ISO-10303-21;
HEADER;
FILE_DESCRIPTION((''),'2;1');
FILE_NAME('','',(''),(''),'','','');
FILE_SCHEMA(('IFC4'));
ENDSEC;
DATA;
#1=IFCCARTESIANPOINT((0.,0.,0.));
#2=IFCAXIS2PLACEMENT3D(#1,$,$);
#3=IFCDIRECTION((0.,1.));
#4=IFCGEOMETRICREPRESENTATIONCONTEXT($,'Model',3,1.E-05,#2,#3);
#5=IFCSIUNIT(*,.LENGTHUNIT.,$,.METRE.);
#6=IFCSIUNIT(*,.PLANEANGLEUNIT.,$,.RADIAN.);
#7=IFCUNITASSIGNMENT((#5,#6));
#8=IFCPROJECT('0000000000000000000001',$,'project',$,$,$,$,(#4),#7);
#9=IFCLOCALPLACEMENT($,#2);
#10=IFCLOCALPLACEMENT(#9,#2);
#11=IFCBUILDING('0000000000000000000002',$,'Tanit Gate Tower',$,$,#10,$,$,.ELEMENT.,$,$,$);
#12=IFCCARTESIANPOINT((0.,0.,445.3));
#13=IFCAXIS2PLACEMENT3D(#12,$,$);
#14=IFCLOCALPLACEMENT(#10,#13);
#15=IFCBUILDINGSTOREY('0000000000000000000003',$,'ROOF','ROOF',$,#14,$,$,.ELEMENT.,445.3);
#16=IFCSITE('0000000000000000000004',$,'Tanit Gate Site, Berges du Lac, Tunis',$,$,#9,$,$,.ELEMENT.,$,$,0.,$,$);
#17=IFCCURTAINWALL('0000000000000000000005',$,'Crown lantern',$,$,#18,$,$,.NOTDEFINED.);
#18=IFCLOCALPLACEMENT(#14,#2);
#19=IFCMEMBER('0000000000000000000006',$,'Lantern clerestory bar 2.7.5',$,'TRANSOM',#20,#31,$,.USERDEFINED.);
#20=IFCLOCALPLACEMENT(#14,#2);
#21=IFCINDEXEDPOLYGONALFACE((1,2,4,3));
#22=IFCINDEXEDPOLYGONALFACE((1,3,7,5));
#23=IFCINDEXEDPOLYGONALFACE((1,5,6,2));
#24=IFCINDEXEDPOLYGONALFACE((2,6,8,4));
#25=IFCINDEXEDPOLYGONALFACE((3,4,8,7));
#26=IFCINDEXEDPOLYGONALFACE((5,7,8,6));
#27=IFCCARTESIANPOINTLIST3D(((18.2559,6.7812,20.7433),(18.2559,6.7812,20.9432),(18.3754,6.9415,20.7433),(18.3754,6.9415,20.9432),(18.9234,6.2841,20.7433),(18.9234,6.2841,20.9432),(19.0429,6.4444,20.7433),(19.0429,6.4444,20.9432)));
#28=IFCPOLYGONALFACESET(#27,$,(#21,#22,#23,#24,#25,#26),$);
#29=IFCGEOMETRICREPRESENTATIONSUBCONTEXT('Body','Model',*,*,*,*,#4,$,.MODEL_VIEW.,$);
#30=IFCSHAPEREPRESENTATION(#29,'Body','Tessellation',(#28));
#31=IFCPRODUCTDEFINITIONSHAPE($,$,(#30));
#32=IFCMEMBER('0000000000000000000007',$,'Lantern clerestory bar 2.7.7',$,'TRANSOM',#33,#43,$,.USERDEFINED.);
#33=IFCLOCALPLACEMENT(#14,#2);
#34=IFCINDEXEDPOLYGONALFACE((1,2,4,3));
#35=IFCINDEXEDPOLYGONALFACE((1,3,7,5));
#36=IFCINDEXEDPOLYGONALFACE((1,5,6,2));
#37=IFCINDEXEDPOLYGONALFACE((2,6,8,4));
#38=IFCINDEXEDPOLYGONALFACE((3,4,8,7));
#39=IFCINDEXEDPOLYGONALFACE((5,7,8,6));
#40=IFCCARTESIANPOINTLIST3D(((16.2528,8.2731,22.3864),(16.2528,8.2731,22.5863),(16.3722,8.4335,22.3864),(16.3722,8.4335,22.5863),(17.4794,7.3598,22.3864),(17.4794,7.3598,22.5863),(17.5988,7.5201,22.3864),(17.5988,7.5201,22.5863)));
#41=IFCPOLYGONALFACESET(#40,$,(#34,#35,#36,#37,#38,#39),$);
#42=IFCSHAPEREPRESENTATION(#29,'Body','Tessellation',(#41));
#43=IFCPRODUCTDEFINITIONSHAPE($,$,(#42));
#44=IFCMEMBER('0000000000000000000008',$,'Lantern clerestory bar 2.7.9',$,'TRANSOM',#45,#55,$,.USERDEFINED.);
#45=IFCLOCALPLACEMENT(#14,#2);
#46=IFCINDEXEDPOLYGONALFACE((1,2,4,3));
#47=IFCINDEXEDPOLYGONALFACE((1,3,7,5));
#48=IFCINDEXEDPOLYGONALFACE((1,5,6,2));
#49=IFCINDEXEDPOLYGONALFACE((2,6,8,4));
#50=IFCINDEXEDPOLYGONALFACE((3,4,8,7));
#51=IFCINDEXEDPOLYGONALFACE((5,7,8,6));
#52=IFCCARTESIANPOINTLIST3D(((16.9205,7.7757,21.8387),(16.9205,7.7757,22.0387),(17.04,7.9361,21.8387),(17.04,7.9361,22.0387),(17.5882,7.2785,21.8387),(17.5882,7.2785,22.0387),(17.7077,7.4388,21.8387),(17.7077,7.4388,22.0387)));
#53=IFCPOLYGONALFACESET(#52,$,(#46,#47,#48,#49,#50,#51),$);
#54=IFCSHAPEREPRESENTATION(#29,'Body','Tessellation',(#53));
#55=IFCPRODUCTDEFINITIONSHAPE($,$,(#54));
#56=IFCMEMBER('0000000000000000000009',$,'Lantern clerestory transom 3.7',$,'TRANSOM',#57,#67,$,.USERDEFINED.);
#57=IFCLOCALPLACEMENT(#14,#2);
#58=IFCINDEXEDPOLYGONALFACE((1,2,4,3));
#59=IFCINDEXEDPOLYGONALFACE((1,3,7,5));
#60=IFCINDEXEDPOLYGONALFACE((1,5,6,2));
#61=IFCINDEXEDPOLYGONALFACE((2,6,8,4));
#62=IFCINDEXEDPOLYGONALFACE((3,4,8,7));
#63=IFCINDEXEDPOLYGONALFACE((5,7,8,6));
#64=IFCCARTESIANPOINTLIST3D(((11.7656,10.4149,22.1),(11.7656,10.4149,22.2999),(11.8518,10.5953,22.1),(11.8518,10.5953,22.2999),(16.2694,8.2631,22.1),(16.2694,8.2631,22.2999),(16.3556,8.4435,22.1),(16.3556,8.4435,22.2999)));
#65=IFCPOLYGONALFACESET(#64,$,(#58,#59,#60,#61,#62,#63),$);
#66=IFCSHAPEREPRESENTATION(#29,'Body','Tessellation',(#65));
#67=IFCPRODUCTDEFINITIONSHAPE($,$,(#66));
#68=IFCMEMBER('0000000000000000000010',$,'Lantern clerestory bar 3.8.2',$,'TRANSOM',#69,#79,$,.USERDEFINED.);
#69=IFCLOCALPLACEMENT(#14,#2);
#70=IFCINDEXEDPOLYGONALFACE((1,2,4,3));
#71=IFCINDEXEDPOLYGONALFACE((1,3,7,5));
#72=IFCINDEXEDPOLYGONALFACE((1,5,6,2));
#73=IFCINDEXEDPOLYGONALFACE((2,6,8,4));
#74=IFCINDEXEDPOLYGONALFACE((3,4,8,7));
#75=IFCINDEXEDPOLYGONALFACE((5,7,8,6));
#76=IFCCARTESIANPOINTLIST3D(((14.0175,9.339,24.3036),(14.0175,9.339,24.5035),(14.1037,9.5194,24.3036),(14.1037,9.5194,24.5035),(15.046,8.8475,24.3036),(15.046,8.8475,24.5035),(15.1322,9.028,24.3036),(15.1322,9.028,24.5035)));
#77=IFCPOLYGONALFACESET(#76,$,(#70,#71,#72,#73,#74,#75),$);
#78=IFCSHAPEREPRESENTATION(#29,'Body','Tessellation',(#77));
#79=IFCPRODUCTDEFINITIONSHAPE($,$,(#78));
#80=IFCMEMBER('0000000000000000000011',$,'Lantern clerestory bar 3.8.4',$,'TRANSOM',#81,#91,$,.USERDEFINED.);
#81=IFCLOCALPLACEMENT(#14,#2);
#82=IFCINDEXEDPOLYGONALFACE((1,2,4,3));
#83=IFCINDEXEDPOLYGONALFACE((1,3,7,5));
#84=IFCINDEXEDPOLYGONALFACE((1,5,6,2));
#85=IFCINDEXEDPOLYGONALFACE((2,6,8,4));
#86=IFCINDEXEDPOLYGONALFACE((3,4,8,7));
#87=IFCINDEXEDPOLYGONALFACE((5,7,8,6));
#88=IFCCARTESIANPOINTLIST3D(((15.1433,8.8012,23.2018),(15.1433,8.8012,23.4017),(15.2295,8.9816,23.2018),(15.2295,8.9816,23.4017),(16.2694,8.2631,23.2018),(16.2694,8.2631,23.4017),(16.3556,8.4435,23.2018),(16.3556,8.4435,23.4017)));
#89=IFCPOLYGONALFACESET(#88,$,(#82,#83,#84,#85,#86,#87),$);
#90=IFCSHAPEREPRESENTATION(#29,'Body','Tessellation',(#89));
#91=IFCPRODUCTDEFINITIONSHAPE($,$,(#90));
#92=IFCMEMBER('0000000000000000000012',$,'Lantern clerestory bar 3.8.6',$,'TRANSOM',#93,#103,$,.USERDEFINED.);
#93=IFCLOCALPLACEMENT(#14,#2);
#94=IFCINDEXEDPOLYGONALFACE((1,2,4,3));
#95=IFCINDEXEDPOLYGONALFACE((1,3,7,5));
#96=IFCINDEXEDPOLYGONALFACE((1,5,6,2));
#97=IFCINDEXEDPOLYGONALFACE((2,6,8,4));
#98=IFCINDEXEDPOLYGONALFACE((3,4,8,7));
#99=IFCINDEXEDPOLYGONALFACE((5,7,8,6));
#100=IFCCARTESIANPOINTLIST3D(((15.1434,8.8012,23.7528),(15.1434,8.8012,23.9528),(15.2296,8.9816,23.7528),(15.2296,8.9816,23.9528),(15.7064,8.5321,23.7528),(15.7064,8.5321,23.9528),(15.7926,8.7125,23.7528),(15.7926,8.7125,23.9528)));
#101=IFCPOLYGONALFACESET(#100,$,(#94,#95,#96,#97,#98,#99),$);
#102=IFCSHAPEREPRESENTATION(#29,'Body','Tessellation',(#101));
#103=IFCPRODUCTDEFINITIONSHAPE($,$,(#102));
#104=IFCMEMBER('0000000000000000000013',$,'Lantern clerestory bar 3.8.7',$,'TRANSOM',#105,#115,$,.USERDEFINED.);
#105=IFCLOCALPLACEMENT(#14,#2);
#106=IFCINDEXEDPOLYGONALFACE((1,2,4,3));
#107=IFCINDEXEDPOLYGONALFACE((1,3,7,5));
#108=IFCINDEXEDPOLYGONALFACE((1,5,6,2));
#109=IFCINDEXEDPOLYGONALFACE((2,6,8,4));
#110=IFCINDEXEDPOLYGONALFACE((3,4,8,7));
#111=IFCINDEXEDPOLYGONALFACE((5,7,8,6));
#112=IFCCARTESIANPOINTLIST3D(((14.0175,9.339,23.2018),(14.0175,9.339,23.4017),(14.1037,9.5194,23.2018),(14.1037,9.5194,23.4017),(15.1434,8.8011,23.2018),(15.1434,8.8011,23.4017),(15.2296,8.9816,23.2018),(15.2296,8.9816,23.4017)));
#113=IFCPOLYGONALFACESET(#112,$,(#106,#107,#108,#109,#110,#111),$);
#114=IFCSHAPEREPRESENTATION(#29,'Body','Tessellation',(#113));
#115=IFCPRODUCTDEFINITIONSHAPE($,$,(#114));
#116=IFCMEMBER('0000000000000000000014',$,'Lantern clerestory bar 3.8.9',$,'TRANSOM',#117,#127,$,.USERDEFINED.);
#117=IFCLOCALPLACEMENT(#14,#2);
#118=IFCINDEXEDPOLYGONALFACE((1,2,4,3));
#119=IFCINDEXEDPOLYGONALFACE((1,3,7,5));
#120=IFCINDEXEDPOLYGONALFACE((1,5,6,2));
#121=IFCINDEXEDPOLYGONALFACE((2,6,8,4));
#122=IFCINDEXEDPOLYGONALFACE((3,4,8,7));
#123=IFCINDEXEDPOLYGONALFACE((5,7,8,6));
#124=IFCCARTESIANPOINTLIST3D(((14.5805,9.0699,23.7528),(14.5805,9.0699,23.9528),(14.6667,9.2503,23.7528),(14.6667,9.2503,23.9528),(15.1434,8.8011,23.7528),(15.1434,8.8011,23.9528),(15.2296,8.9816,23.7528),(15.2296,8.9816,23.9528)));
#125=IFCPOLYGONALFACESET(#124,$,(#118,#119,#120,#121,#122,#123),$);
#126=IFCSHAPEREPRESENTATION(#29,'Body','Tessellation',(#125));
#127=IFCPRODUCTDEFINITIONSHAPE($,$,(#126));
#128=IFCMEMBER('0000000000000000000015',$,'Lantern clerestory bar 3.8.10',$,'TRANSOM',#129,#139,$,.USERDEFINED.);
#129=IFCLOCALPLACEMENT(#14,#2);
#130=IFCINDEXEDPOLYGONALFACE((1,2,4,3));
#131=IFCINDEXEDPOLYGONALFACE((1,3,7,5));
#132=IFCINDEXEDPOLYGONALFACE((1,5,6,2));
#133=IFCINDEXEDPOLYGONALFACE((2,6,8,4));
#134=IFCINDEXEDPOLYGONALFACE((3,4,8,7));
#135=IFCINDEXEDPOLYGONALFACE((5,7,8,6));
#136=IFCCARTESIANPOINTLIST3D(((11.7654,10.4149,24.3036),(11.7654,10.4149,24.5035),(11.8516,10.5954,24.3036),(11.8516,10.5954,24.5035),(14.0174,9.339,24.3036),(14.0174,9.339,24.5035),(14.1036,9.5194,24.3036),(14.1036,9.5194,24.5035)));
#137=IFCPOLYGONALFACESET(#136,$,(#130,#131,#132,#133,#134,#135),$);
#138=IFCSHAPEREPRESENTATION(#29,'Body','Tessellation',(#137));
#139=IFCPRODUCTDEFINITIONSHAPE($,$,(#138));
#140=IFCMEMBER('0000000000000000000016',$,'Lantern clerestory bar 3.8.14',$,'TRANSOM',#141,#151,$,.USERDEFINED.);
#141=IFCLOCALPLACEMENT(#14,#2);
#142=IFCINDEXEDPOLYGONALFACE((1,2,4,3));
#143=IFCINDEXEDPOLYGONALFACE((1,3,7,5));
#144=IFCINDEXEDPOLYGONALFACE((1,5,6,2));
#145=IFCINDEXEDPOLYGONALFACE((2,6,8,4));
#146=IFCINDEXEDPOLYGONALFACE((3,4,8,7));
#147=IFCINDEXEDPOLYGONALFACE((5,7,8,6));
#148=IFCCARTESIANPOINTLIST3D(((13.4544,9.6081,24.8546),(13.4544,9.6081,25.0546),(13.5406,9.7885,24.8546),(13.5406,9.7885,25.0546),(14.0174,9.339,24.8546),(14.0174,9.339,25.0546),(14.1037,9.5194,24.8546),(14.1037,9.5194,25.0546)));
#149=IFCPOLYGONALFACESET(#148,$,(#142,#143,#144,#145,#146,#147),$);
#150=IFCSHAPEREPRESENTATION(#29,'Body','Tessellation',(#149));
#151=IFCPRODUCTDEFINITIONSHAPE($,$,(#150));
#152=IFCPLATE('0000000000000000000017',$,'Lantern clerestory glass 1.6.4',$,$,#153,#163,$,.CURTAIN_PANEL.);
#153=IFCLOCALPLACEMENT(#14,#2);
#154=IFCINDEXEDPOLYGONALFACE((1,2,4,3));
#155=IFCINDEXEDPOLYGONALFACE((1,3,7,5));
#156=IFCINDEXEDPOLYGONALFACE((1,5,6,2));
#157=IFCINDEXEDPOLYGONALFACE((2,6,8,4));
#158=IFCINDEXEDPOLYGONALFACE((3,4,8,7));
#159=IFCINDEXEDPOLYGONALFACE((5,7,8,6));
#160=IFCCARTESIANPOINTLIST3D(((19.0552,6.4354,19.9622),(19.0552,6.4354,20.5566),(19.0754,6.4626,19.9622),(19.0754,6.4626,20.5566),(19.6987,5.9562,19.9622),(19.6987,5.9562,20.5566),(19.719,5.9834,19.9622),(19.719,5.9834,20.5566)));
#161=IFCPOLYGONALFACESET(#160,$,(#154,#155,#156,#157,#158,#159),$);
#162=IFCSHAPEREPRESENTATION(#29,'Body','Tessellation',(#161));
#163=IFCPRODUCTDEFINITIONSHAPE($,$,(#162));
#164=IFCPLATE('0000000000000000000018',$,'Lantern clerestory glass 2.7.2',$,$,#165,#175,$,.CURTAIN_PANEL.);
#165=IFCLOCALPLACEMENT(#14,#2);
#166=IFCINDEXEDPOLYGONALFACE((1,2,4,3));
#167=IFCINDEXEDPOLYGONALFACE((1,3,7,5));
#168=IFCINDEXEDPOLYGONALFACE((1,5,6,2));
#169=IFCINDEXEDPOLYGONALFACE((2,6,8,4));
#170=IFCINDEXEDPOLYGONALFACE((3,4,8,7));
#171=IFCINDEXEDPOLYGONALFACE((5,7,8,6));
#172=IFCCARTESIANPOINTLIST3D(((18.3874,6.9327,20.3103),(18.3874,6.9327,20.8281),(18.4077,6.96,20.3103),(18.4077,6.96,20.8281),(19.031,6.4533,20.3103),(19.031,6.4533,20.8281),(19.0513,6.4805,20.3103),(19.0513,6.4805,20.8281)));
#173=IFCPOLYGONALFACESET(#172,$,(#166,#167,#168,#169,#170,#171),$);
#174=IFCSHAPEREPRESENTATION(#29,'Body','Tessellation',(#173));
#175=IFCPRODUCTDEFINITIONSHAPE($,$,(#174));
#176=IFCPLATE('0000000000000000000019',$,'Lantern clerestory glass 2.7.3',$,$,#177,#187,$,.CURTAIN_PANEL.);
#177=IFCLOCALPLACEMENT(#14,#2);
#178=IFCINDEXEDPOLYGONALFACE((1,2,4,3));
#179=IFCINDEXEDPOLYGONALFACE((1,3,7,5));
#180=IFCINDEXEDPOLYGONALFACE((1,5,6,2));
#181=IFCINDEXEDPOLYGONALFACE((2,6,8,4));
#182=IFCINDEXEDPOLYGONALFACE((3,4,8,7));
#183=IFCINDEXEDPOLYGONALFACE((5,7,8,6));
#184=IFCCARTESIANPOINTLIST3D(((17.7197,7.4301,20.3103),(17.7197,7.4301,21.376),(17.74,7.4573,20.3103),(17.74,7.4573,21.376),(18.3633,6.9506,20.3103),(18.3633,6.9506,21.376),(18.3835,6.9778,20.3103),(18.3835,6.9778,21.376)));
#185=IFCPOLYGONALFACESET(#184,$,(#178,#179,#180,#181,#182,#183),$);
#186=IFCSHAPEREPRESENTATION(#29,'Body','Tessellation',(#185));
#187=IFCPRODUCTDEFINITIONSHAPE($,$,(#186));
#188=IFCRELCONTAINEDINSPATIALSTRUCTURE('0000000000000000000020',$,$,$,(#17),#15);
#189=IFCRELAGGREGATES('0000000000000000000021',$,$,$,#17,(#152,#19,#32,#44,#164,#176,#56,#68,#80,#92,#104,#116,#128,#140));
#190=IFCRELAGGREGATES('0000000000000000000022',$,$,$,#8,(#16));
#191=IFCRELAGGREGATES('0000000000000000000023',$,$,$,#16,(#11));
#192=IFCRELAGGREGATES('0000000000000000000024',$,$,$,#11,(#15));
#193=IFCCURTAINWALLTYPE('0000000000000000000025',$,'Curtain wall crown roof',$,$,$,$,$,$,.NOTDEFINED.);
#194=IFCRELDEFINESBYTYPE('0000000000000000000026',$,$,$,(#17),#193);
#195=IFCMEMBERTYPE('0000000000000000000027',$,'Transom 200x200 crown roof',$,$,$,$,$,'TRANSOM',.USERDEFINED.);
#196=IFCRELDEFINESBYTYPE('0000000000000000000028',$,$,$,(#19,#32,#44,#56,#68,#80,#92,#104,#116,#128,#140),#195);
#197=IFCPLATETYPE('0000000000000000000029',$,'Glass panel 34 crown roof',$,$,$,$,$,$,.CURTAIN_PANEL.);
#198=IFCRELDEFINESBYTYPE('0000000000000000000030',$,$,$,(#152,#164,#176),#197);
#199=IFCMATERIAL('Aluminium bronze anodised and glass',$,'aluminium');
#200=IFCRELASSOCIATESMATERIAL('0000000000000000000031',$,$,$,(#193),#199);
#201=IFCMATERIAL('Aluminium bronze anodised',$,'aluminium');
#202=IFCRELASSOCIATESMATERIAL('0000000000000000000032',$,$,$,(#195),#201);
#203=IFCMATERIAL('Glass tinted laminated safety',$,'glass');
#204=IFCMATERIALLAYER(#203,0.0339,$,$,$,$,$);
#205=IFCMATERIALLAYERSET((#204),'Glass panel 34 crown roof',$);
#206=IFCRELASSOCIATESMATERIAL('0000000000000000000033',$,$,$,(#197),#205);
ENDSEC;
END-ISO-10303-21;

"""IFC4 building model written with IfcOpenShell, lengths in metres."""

from ifc_helpers import new_model, si_unit, direction, frame, origin, origin_2d, place, context, subcontext, project, spatial, polyline, rectangle, outline, extrude, material, layer, layer_set, material_profile, profile_set, type_object, element, aggregate, save


model = new_model("IFC4")

# Units and contexts
model_context = context("Model", 3, precision=1e-05, world=origin(), true_north=direction((0.0, 1.0)))
body_context = subcontext(model_context, "Body", "Model", "MODEL_VIEW")
ifc_project = project(units=[si_unit("LENGTHUNIT", "METRE"), si_unit("PLANEANGLEUNIT", "RADIAN")], contexts=[model_context])

# Site, building, storey
site_placement = place(None, origin())
site = spatial("IfcSite", under=ifc_project, at=site_placement, Name="Tanit Gate Site, Berges du Lac, Tunis", CompositionType="ELEMENT", RefElevation=0.0)
building_placement = place(site_placement, origin())
building = spatial("IfcBuilding", under=site, at=building_placement, Name="Tanit Gate Tower", CompositionType="ELEMENT")
storey_placement = place(building_placement, frame((0.0, 0.0, 445.3)))
storey = spatial("IfcBuildingStorey", under=building, at=storey_placement, Name="ROOF", Description="ROOF", CompositionType="ELEMENT", Elevation=445.3)

# Curtain wall, members, plates
ifc_material_1 = material(Name="Aluminium bronze anodised and glass", Category="aluminium")
curtain_wall_type = type_object("IfcCurtainWallType", Name="Curtain wall crown roof", PredefinedType="NOTDEFINED", material=ifc_material_1)
curtain_wall_placement = place(storey_placement, origin())
curtain_wall = element("IfcCurtainWall", 1, at=curtain_wall_placement, inside=storey, type_object=curtain_wall_type, Name="Crown lantern", PredefinedType="NOTDEFINED")
ifc_material_2 = material(Name="Aluminium bronze anodised", Category="aluminium")
ifc_material_profile_1 = material_profile(ifc_material_2, rectangle(XDim=0.2, YDim=0.2, at=origin_2d()), Name="200x200 bronze transom")
ifc_profile_set_1 = profile_set([ifc_material_profile_1], Name="Aluminium bronze anodised")
member_type_1 = type_object("IfcMemberType", Name="Transom 200x200 crown roof", ElementType="TRANSOM", PredefinedType="USERDEFINED", material=ifc_profile_set_1)
member_1_placement = place(storey_placement, frame((18.9832, 6.3643, 20.8433), z_axis=(-0.802037, 0.597274, 0.0), x_axis=(-0.597274, -0.802037, 0.0)))
member_1 = element("IfcMember", 2, at=member_1_placement, type_object=member_type_1, Name="Lantern clerestory bar 2.7.5", ObjectType="TRANSOM", PredefinedType="USERDEFINED", context=body_context, shape_type="SweptSolid", body=[
    extrude(rectangle(XDim=0.2, YDim=0.2, at=origin_2d()), origin(), (0.0, 0.0, 1.0), 0.8323),
])
member_2_placement = place(storey_placement, frame((17.5391, 7.4399, 22.4863), z_axis=(-0.802064, 0.597238, 0.0), x_axis=(-0.597238, -0.802064, 0.0)))
member_2 = element("IfcMember", 3, at=member_2_placement, type_object=member_type_1, Name="Lantern clerestory bar 2.7.7", ObjectType="TRANSOM", PredefinedType="USERDEFINED", context=body_context, shape_type="SweptSolid", body=[
    extrude(rectangle(XDim=0.2, YDim=0.2, at=origin_2d()), origin(), (0.0, 0.0, 1.0), 1.5293),
])
member_3_placement = place(storey_placement, frame((17.6479, 7.3586, 21.9387), z_axis=(-0.802001, 0.597322, 0.0), x_axis=(-0.597322, -0.802001, 0.0)))
member_3 = element("IfcMember", 4, at=member_3_placement, type_object=member_type_1, Name="Lantern clerestory bar 2.7.9", ObjectType="TRANSOM", PredefinedType="USERDEFINED", context=body_context, shape_type="SweptSolid", body=[
    extrude(rectangle(XDim=0.2, YDim=0.2, at=origin_2d()), origin(), (0.0, 0.0, 1.0), 0.8325),
])
member_4_placement = place(storey_placement, frame((16.3125, 8.3533, 22.2), z_axis=(-0.902305, 0.431099, 0.0), x_axis=(-0.431099, -0.902305, 0.0)))
member_4 = element("IfcMember", 5, at=member_4_placement, type_object=member_type_1, Name="Lantern clerestory transom 3.7", ObjectType="TRANSOM", PredefinedType="USERDEFINED", context=body_context, shape_type="SweptSolid", body=[
    extrude(rectangle(XDim=0.2, YDim=0.2, at=origin_2d()), origin(), (0.0, 0.0, 1.0), 4.9915),
])
member_5_placement = place(storey_placement, frame((15.0891, 8.9377, 24.4036), z_axis=(-0.902294, 0.431122, 0.0), x_axis=(-0.431122, -0.902294, 0.0)))
member_5 = element("IfcMember", 6, at=member_5_placement, type_object=member_type_1, Name="Lantern clerestory bar 3.8.2", ObjectType="TRANSOM", PredefinedType="USERDEFINED", context=body_context, shape_type="SweptSolid", body=[
    extrude(rectangle(XDim=0.2, YDim=0.2, at=origin_2d()), origin(), (0.0, 0.0, 1.0), 1.1399),
])
member_6_placement = place(storey_placement, frame((16.3125, 8.3533, 23.3018), z_axis=(-0.902267, 0.431179, 0.0), x_axis=(-0.431179, -0.902267, 0.0)))
member_6 = element("IfcMember", 7, at=member_6_placement, type_object=member_type_1, Name="Lantern clerestory bar 3.8.4", ObjectType="TRANSOM", PredefinedType="USERDEFINED", context=body_context, shape_type="SweptSolid", body=[
    extrude(rectangle(XDim=0.2, YDim=0.2, at=origin_2d()), origin(), (0.0, 0.0, 1.0), 1.248),
])
member_7_placement = place(storey_placement, frame((15.7495, 8.6223, 23.8528), z_axis=(-0.902267, 0.431179, 0.0), x_axis=(-0.431179, -0.902267, 0.0)))
member_7 = element("IfcMember", 8, at=member_7_placement, type_object=member_type_1, Name="Lantern clerestory bar 3.8.6", ObjectType="TRANSOM", PredefinedType="USERDEFINED", context=body_context, shape_type="SweptSolid", body=[
    extrude(rectangle(XDim=0.2, YDim=0.2, at=origin_2d()), origin(), (0.0, 0.0, 1.0), 0.624),
])
member_8_placement = place(storey_placement, frame((15.1865, 8.8914, 23.3018), z_axis=(-0.902343, 0.431019, 0.0), x_axis=(-0.431019, -0.902343, 0.0)))
member_8 = element("IfcMember", 9, at=member_8_placement, type_object=member_type_1, Name="Lantern clerestory bar 3.8.7", ObjectType="TRANSOM", PredefinedType="USERDEFINED", context=body_context, shape_type="SweptSolid", body=[
    extrude(rectangle(XDim=0.2, YDim=0.2, at=origin_2d()), origin(), (0.0, 0.0, 1.0), 1.2478),
])
member_9_placement = place(storey_placement, frame((15.1865, 8.8914, 23.8528), z_axis=(-0.902419, 0.43086, 0.0), x_axis=(-0.43086, -0.902419, 0.0)))
member_9 = element("IfcMember", 10, at=member_9_placement, type_object=member_type_1, Name="Lantern clerestory bar 3.8.9", ObjectType="TRANSOM", PredefinedType="USERDEFINED", context=body_context, shape_type="SweptSolid", body=[
    extrude(rectangle(XDim=0.2, YDim=0.2, at=origin_2d()), origin(), (0.0, 0.0, 1.0), 0.6238),
])
member_10_placement = place(storey_placement, frame((14.0605, 9.4292, 24.4036), z_axis=(-0.902305, 0.431099, 0.0), x_axis=(-0.431099, -0.902305, 0.0)))
member_10 = element("IfcMember", 11, at=member_10_placement, type_object=member_type_1, Name="Lantern clerestory bar 3.8.10", ObjectType="TRANSOM", PredefinedType="USERDEFINED", context=body_context, shape_type="SweptSolid", body=[
    extrude(rectangle(XDim=0.2, YDim=0.2, at=origin_2d()), origin(), (0.0, 0.0, 1.0), 2.4958),
])
member_11_placement = place(storey_placement, frame((14.0605, 9.4292, 24.9546), z_axis=(-0.902267, 0.431179, 0.0), x_axis=(-0.431179, -0.902267, 0.0)))
member_11 = element("IfcMember", 12, at=member_11_placement, type_object=member_type_1, Name="Lantern clerestory bar 3.8.14", ObjectType="TRANSOM", PredefinedType="USERDEFINED", context=body_context, shape_type="SweptSolid", body=[
    extrude(rectangle(XDim=0.2, YDim=0.2, at=origin_2d()), origin(), (0.0, 0.0, 1.0), 0.624),
])
ifc_material_3 = material(Name="Glass tinted laminated safety", Category="glass")
ifc_layer = layer(ifc_material_3, 0.0339)
ifc_layer_set = layer_set([ifc_layer], Name="Glass panel 34 crown roof")
plate_type = type_object("IfcPlateType", Name="Glass panel 34 crown roof", PredefinedType="CURTAIN_PANEL", material=ifc_layer_set)
plate_1_placement = place(storey_placement, frame((19.719, 5.9834, 19.9622), z_axis=(0.59727, 0.80204, 0.0), x_axis=(-0.80204, 0.59727, 0.0)))
plate_1 = element("IfcPlate", 13, at=plate_1_placement, type_object=plate_type, Name="Lantern clerestory glass 1.6.4", PredefinedType="CURTAIN_PANEL", context=body_context, shape_type="SweptSolid", body=[
    extrude(outline(polyline([(0.0, 0.0), (0.8024, 0.0), (0.8024, 0.5945), (0.0, 0.5945), (0.0, 0.0)])), origin(), (0.0, 0.0, -1.0), 0.0339),
])
plate_2_placement = place(storey_placement, frame((19.0513, 6.4805, 20.3103), z_axis=(0.597466, 0.801894, 0.0), x_axis=(-0.801894, 0.597466, 0.0)))
plate_2 = element("IfcPlate", 14, at=plate_2_placement, type_object=plate_type, Name="Lantern clerestory glass 2.7.2", PredefinedType="CURTAIN_PANEL", context=body_context, shape_type="SweptSolid", body=[
    extrude(outline(polyline([(0.0, 0.0), (0.8025, 0.0), (0.8025, 0.5178), (0.0, 0.5178), (0.0, 0.0)])), origin(), (0.0, 0.0, -1.0), 0.0339),
])
plate_3_placement = place(storey_placement, frame((18.3835, 6.9778, 20.3103), z_axis=(0.597466, 0.801894, 0.0), x_axis=(-0.801894, 0.597466, 0.0)))
plate_3 = element("IfcPlate", 15, at=plate_3_placement, type_object=plate_type, Name="Lantern clerestory glass 2.7.3", PredefinedType="CURTAIN_PANEL", context=body_context, shape_type="SweptSolid", body=[
    extrude(outline(polyline([(0.0, 0.0), (0.8025, 0.0), (0.8025, 1.0657), (0.0, 1.0657), (0.0, 0.0)])), origin(), (0.0, 0.0, -1.0), 0.0339),
])
aggregate(curtain_wall, [plate_1, member_1, member_2, member_3, plate_2, plate_3, member_4, member_5, member_6, member_7, member_8, member_9, member_10, member_11])

save(model, "model.ifc")
